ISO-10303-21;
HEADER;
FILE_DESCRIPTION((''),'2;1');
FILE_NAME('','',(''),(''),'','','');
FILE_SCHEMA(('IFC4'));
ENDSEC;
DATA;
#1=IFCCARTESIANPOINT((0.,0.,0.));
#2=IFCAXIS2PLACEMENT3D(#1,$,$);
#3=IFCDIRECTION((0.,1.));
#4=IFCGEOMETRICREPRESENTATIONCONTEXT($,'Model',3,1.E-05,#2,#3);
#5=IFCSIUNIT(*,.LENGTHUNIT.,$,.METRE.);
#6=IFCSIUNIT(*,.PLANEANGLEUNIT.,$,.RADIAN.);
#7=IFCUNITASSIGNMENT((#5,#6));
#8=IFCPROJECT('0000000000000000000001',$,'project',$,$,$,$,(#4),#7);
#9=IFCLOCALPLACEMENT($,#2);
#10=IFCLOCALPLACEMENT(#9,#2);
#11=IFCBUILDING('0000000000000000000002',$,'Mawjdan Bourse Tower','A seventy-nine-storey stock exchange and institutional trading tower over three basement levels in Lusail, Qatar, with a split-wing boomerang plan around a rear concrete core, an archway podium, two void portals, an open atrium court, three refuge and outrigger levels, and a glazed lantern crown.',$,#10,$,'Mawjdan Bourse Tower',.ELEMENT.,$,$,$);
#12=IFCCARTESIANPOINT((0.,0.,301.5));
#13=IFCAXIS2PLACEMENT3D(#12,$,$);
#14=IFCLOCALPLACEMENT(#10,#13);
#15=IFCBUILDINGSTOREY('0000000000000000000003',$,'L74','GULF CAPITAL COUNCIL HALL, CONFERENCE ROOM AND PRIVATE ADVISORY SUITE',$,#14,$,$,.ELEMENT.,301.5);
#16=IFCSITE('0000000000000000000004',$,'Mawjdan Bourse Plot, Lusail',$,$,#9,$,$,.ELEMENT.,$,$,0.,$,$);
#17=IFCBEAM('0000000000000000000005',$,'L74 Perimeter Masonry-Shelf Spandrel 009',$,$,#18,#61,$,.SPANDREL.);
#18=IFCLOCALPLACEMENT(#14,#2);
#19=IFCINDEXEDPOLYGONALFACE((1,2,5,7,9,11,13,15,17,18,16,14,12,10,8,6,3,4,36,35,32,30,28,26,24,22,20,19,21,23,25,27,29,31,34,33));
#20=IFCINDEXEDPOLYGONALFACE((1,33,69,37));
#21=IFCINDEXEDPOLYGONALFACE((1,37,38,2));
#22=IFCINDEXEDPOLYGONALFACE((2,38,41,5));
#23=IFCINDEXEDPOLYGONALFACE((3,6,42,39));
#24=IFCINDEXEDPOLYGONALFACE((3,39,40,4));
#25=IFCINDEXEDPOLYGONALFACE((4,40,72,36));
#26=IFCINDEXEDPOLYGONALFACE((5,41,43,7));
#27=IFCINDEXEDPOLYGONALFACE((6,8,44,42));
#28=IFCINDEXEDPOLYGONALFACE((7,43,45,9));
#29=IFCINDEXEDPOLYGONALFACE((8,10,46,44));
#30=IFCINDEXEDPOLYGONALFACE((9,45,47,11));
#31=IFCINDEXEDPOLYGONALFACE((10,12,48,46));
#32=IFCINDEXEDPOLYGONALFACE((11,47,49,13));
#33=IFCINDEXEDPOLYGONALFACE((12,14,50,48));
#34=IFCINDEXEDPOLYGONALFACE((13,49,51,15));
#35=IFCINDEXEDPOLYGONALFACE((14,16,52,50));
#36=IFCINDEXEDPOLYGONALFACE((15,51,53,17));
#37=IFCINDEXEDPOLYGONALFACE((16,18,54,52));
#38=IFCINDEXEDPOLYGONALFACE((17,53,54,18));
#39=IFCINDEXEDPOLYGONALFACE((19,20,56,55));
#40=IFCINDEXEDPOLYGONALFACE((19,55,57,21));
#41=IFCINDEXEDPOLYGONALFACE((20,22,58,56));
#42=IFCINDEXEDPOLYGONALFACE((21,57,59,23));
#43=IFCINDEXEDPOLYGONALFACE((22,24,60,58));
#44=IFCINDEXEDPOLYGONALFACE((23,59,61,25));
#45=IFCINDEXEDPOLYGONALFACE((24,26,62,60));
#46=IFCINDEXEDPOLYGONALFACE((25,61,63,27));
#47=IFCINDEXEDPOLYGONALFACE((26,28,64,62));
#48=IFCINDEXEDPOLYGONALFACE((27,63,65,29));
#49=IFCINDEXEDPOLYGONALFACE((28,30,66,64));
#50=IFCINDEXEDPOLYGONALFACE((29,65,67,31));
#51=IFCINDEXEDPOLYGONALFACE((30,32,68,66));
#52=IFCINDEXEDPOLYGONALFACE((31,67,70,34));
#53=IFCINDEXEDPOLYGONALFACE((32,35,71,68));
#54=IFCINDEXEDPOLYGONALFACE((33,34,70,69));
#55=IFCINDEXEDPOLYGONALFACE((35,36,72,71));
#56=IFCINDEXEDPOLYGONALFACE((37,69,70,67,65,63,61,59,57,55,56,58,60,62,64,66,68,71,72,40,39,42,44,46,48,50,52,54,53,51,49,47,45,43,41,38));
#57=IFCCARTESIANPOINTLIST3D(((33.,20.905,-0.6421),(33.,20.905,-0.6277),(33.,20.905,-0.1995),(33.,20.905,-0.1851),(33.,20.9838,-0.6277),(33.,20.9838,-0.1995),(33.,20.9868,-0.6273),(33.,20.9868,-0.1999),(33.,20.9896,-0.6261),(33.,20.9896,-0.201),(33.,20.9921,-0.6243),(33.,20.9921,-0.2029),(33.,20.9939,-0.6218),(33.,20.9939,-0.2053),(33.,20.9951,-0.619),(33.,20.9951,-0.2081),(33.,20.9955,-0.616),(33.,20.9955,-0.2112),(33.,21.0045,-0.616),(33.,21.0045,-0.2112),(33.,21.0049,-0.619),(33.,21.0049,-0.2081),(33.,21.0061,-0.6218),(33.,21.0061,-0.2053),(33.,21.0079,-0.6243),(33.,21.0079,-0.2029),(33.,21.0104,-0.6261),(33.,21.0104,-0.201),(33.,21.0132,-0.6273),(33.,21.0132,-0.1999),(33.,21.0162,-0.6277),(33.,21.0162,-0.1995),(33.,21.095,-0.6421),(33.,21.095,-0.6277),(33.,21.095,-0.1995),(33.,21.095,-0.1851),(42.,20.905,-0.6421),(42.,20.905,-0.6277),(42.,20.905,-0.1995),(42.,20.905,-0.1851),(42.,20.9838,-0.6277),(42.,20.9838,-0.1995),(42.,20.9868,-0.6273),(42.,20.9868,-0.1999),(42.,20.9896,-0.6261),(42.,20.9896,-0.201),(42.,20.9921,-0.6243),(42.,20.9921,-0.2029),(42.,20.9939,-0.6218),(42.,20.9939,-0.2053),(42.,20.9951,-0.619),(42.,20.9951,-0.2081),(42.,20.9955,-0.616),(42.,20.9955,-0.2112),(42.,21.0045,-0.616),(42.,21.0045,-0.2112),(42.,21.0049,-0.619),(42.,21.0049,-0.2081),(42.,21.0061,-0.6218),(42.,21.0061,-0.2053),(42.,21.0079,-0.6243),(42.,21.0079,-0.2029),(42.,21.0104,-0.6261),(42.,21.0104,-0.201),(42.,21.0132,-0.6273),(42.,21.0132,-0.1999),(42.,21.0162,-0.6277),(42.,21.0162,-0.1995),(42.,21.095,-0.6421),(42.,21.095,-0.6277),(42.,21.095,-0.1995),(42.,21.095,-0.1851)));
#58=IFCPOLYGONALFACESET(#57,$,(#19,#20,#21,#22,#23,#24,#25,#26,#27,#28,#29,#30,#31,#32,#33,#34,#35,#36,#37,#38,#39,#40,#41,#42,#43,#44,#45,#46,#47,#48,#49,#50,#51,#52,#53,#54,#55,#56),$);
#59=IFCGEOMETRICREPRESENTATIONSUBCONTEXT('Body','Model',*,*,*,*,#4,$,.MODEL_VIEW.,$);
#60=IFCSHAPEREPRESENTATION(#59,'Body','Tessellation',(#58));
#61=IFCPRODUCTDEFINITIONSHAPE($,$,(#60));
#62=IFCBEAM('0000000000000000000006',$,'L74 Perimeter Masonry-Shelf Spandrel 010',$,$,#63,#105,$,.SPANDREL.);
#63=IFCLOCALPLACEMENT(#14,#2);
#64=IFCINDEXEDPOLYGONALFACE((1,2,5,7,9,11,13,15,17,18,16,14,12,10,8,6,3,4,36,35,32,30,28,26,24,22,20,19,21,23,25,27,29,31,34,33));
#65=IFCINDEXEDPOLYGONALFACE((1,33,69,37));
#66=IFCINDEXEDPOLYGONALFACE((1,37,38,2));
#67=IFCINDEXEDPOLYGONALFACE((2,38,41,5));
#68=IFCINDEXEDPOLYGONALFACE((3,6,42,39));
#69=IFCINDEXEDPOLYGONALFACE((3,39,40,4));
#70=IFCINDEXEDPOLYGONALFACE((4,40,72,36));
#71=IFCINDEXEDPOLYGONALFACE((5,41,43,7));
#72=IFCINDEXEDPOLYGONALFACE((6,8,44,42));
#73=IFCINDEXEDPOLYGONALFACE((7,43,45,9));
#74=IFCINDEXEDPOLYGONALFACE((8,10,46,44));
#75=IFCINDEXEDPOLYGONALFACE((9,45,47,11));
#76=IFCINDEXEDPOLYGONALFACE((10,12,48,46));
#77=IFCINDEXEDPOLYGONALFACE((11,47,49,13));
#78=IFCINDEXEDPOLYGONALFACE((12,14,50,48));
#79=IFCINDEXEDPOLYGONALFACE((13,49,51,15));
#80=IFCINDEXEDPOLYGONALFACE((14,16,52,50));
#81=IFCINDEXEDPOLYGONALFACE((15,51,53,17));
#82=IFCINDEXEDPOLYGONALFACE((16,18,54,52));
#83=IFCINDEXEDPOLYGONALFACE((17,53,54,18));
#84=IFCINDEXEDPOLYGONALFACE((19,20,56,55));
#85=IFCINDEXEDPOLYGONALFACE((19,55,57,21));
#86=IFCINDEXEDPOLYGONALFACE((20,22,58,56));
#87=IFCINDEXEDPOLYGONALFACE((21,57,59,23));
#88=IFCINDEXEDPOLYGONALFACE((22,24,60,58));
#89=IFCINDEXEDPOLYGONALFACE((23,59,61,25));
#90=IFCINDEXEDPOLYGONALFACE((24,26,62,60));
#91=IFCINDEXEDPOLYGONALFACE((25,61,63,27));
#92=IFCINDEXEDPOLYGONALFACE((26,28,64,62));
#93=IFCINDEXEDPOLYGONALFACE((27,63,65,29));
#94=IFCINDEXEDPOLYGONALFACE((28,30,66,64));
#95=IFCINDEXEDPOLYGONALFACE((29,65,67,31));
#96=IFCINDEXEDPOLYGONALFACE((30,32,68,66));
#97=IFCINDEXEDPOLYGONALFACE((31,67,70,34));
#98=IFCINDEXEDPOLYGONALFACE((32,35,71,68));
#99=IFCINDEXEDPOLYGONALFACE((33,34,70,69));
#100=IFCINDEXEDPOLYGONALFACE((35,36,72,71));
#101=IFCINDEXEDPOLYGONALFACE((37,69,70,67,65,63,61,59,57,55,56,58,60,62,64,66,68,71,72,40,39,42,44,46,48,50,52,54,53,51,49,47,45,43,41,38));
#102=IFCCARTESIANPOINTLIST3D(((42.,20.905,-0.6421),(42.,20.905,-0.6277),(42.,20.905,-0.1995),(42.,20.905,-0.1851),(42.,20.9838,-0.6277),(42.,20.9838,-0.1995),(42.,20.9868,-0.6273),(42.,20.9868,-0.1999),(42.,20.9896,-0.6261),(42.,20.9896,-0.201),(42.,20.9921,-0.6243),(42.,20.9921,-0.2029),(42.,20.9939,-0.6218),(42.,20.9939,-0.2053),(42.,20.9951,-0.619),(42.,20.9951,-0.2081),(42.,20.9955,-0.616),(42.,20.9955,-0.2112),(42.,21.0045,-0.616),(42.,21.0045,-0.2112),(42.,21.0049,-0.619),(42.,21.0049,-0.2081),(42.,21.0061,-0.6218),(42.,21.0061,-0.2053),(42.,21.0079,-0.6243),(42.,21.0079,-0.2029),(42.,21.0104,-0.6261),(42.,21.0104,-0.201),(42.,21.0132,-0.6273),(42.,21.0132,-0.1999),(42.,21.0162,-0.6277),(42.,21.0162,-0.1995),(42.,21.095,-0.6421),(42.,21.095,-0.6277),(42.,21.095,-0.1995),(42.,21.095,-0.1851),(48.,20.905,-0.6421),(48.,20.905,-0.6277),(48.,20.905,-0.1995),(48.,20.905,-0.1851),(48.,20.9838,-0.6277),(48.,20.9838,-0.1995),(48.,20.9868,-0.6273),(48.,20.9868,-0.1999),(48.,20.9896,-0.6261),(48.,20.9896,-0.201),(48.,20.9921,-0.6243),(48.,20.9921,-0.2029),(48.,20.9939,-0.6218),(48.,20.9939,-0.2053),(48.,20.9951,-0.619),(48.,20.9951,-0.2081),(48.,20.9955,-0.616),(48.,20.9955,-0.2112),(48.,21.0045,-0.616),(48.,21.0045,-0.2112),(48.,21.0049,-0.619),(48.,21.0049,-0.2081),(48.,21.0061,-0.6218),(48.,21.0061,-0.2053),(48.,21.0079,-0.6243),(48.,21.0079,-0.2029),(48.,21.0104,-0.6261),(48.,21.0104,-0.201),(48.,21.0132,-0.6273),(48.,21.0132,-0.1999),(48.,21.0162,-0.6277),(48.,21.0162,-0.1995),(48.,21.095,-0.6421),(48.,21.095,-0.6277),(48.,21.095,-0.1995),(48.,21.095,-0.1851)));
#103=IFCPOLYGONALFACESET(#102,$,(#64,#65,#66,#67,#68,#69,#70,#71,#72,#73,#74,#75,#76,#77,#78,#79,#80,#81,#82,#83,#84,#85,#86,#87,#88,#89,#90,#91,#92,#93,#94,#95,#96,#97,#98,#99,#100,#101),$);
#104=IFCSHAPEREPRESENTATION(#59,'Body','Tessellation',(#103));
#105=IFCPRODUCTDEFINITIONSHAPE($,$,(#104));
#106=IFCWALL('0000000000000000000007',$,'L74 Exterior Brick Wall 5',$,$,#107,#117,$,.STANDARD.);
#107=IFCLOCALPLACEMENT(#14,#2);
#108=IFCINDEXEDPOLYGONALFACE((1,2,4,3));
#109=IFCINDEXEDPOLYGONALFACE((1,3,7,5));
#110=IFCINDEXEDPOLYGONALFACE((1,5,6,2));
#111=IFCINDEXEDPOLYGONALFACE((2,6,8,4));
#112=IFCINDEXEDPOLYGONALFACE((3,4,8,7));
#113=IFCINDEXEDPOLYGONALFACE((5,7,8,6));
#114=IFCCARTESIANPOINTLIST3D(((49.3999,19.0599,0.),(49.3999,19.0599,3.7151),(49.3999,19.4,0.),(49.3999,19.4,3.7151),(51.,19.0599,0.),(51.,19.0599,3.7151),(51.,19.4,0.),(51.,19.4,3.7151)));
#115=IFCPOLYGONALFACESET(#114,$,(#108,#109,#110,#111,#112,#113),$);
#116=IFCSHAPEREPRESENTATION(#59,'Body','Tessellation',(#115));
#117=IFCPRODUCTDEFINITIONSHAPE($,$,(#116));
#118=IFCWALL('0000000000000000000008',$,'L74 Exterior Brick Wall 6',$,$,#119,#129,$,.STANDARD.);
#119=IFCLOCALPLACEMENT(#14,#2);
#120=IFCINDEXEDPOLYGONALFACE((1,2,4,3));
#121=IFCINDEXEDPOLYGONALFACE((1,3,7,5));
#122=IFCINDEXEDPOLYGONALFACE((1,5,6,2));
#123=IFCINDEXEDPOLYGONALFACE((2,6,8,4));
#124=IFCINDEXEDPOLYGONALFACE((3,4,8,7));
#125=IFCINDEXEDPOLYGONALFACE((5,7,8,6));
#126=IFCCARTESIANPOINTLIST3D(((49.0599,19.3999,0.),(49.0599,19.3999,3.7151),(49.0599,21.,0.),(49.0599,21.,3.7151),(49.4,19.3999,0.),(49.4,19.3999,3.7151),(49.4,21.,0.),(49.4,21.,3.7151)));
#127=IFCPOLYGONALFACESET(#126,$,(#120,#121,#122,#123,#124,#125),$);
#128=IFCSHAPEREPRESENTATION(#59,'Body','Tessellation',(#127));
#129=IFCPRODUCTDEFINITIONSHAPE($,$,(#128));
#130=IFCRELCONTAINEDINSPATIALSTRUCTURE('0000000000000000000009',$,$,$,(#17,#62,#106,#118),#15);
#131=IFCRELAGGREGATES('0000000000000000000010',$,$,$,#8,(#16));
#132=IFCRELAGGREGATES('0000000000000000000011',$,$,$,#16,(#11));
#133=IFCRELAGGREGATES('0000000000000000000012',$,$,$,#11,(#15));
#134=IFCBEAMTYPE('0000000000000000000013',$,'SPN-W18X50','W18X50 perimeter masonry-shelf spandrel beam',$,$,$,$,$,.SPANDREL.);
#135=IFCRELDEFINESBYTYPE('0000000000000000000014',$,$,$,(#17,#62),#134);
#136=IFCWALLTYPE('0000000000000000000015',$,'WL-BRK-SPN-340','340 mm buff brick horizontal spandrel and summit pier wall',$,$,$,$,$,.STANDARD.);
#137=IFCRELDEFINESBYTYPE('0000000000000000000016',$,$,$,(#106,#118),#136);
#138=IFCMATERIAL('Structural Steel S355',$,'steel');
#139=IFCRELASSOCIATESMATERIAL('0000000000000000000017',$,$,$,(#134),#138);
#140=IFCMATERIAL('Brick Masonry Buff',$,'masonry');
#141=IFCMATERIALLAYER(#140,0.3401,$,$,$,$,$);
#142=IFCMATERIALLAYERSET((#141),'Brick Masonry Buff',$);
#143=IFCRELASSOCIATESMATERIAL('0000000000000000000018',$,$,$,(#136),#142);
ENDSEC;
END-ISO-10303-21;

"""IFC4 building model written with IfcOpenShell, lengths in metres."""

from ifc_helpers import new_model, si_unit, direction, frame, frame_2d, origin, origin_2d, place, context, subcontext, project, spatial, rectangle, i_section, extrude, material, layer, layer_set, material_profile, profile_set, type_object, element, save


model = new_model("IFC4")

# Units and contexts
model_context = context("Model", 3, precision=1e-05, world=origin(), true_north=direction((0.0, 1.0)))
body_context = subcontext(model_context, "Body", "Model", "MODEL_VIEW")
ifc_project = project(units=[si_unit("LENGTHUNIT", "METRE"), si_unit("PLANEANGLEUNIT", "RADIAN")], contexts=[model_context])

# Site, building, storey
site_placement = place(None, origin())
site = spatial("IfcSite", under=ifc_project, at=site_placement, Name="Mawjdan Bourse Plot, Lusail", CompositionType="ELEMENT", RefElevation=0.0)
building_placement = place(site_placement, origin())
building = spatial("IfcBuilding", under=site, at=building_placement, Name="Mawjdan Bourse Tower", Description="A seventy-nine-storey stock exchange and institutional trading tower over three basement levels in Lusail, Qatar, with a split-wing boomerang plan around a rear concrete core, an archway podium, two void portals, an open atrium court, three refuge and outrigger levels, and a glazed lantern crown.", LongName="Mawjdan Bourse Tower", CompositionType="ELEMENT")
storey_placement = place(building_placement, frame((0.0, 0.0, 301.5)))
storey = spatial("IfcBuildingStorey", under=building, at=storey_placement, Name="L74", Description="GULF CAPITAL COUNCIL HALL, CONFERENCE ROOM AND PRIVATE ADVISORY SUITE", CompositionType="ELEMENT", Elevation=301.5)

# Shared definitions
ifc_material_1 = material(Name="Structural Steel S355", Category="steel")

# Beams
ifc_material_profile_1 = material_profile(ifc_material_1, i_section(OverallWidth=0.1899, OverallDepth=0.457, WebThickness=0.009, FlangeThickness=0.0144, FilletRadius=0.0117, at=origin_2d()), Name="W18X50")
ifc_profile_set_1 = profile_set([ifc_material_profile_1], Name="Structural Steel S355")
beam_type_1 = type_object("IfcBeamType", Name="SPN-W18X50", Description="W18X50 perimeter masonry-shelf spandrel beam", PredefinedType="SPANDREL", material=ifc_profile_set_1)
beam_1_placement = place(storey_placement, frame((33.0, 21.0, -0.4136), z_axis=(1.0, 0.0, 0.0), x_axis=(0.0, 1.0, 0.0)))
element("IfcBeam", 1, at=beam_1_placement, inside=storey, type_object=beam_type_1, Name="L74 Perimeter Masonry-Shelf Spandrel 009", PredefinedType="SPANDREL", context=body_context, shape_type="SweptSolid", body=[
    extrude(i_section(OverallWidth=0.1899, OverallDepth=0.457, WebThickness=0.009, FlangeThickness=0.0144, FilletRadius=0.0117, at=origin_2d()), origin(), (0.0, 0.0, 1.0), 9.0),
])
beam_2_placement = place(storey_placement, frame((42.0, 21.0, -0.4136), z_axis=(1.0, 0.0, 0.0), x_axis=(0.0, 1.0, 0.0)))
element("IfcBeam", 2, at=beam_2_placement, inside=storey, type_object=beam_type_1, Name="L74 Perimeter Masonry-Shelf Spandrel 010", PredefinedType="SPANDREL", context=body_context, shape_type="SweptSolid", body=[
    extrude(i_section(OverallWidth=0.1899, OverallDepth=0.457, WebThickness=0.009, FlangeThickness=0.0144, FilletRadius=0.0117, at=origin_2d()), origin(), (0.0, 0.0, 1.0), 6.0),
])

# Walls
ifc_material_2 = material(Name="Brick Masonry Buff", Category="masonry")
ifc_layer_1 = layer(ifc_material_2, 0.3401)
ifc_layer_set_1 = layer_set([ifc_layer_1], Name="Brick Masonry Buff")
wall_type_1 = type_object("IfcWallType", Name="WL-BRK-SPN-340", Description="340 mm buff brick horizontal spandrel and summit pier wall", PredefinedType="STANDARD", material=ifc_layer_set_1)
for number, where, z_axis, x_axis, name in (
    (3, (51.0, 19.23, 0.0), (0.0, 0.0, 1.0), (-1.0, 0.0, 0.0), "L74 Exterior Brick Wall 5"),
    (4, (49.23, 19.3999, 0.0), (0.0, 0.0, 1.0), (0.0, 1.0, 0.0), "L74 Exterior Brick Wall 6"),
):
    element("IfcWall", number, at=place(storey_placement, frame(where, z_axis=z_axis, x_axis=x_axis)), inside=storey, type_object=wall_type_1, Name=name, PredefinedType="STANDARD", context=body_context, shape_type="SweptSolid", body=[
        extrude(rectangle(XDim=1.6001, YDim=0.3401, at=frame_2d((0.8, 0.0))), origin(), (0.0, 0.0, 1.0), 3.7151),
    ])

save(model, "model.ifc")
